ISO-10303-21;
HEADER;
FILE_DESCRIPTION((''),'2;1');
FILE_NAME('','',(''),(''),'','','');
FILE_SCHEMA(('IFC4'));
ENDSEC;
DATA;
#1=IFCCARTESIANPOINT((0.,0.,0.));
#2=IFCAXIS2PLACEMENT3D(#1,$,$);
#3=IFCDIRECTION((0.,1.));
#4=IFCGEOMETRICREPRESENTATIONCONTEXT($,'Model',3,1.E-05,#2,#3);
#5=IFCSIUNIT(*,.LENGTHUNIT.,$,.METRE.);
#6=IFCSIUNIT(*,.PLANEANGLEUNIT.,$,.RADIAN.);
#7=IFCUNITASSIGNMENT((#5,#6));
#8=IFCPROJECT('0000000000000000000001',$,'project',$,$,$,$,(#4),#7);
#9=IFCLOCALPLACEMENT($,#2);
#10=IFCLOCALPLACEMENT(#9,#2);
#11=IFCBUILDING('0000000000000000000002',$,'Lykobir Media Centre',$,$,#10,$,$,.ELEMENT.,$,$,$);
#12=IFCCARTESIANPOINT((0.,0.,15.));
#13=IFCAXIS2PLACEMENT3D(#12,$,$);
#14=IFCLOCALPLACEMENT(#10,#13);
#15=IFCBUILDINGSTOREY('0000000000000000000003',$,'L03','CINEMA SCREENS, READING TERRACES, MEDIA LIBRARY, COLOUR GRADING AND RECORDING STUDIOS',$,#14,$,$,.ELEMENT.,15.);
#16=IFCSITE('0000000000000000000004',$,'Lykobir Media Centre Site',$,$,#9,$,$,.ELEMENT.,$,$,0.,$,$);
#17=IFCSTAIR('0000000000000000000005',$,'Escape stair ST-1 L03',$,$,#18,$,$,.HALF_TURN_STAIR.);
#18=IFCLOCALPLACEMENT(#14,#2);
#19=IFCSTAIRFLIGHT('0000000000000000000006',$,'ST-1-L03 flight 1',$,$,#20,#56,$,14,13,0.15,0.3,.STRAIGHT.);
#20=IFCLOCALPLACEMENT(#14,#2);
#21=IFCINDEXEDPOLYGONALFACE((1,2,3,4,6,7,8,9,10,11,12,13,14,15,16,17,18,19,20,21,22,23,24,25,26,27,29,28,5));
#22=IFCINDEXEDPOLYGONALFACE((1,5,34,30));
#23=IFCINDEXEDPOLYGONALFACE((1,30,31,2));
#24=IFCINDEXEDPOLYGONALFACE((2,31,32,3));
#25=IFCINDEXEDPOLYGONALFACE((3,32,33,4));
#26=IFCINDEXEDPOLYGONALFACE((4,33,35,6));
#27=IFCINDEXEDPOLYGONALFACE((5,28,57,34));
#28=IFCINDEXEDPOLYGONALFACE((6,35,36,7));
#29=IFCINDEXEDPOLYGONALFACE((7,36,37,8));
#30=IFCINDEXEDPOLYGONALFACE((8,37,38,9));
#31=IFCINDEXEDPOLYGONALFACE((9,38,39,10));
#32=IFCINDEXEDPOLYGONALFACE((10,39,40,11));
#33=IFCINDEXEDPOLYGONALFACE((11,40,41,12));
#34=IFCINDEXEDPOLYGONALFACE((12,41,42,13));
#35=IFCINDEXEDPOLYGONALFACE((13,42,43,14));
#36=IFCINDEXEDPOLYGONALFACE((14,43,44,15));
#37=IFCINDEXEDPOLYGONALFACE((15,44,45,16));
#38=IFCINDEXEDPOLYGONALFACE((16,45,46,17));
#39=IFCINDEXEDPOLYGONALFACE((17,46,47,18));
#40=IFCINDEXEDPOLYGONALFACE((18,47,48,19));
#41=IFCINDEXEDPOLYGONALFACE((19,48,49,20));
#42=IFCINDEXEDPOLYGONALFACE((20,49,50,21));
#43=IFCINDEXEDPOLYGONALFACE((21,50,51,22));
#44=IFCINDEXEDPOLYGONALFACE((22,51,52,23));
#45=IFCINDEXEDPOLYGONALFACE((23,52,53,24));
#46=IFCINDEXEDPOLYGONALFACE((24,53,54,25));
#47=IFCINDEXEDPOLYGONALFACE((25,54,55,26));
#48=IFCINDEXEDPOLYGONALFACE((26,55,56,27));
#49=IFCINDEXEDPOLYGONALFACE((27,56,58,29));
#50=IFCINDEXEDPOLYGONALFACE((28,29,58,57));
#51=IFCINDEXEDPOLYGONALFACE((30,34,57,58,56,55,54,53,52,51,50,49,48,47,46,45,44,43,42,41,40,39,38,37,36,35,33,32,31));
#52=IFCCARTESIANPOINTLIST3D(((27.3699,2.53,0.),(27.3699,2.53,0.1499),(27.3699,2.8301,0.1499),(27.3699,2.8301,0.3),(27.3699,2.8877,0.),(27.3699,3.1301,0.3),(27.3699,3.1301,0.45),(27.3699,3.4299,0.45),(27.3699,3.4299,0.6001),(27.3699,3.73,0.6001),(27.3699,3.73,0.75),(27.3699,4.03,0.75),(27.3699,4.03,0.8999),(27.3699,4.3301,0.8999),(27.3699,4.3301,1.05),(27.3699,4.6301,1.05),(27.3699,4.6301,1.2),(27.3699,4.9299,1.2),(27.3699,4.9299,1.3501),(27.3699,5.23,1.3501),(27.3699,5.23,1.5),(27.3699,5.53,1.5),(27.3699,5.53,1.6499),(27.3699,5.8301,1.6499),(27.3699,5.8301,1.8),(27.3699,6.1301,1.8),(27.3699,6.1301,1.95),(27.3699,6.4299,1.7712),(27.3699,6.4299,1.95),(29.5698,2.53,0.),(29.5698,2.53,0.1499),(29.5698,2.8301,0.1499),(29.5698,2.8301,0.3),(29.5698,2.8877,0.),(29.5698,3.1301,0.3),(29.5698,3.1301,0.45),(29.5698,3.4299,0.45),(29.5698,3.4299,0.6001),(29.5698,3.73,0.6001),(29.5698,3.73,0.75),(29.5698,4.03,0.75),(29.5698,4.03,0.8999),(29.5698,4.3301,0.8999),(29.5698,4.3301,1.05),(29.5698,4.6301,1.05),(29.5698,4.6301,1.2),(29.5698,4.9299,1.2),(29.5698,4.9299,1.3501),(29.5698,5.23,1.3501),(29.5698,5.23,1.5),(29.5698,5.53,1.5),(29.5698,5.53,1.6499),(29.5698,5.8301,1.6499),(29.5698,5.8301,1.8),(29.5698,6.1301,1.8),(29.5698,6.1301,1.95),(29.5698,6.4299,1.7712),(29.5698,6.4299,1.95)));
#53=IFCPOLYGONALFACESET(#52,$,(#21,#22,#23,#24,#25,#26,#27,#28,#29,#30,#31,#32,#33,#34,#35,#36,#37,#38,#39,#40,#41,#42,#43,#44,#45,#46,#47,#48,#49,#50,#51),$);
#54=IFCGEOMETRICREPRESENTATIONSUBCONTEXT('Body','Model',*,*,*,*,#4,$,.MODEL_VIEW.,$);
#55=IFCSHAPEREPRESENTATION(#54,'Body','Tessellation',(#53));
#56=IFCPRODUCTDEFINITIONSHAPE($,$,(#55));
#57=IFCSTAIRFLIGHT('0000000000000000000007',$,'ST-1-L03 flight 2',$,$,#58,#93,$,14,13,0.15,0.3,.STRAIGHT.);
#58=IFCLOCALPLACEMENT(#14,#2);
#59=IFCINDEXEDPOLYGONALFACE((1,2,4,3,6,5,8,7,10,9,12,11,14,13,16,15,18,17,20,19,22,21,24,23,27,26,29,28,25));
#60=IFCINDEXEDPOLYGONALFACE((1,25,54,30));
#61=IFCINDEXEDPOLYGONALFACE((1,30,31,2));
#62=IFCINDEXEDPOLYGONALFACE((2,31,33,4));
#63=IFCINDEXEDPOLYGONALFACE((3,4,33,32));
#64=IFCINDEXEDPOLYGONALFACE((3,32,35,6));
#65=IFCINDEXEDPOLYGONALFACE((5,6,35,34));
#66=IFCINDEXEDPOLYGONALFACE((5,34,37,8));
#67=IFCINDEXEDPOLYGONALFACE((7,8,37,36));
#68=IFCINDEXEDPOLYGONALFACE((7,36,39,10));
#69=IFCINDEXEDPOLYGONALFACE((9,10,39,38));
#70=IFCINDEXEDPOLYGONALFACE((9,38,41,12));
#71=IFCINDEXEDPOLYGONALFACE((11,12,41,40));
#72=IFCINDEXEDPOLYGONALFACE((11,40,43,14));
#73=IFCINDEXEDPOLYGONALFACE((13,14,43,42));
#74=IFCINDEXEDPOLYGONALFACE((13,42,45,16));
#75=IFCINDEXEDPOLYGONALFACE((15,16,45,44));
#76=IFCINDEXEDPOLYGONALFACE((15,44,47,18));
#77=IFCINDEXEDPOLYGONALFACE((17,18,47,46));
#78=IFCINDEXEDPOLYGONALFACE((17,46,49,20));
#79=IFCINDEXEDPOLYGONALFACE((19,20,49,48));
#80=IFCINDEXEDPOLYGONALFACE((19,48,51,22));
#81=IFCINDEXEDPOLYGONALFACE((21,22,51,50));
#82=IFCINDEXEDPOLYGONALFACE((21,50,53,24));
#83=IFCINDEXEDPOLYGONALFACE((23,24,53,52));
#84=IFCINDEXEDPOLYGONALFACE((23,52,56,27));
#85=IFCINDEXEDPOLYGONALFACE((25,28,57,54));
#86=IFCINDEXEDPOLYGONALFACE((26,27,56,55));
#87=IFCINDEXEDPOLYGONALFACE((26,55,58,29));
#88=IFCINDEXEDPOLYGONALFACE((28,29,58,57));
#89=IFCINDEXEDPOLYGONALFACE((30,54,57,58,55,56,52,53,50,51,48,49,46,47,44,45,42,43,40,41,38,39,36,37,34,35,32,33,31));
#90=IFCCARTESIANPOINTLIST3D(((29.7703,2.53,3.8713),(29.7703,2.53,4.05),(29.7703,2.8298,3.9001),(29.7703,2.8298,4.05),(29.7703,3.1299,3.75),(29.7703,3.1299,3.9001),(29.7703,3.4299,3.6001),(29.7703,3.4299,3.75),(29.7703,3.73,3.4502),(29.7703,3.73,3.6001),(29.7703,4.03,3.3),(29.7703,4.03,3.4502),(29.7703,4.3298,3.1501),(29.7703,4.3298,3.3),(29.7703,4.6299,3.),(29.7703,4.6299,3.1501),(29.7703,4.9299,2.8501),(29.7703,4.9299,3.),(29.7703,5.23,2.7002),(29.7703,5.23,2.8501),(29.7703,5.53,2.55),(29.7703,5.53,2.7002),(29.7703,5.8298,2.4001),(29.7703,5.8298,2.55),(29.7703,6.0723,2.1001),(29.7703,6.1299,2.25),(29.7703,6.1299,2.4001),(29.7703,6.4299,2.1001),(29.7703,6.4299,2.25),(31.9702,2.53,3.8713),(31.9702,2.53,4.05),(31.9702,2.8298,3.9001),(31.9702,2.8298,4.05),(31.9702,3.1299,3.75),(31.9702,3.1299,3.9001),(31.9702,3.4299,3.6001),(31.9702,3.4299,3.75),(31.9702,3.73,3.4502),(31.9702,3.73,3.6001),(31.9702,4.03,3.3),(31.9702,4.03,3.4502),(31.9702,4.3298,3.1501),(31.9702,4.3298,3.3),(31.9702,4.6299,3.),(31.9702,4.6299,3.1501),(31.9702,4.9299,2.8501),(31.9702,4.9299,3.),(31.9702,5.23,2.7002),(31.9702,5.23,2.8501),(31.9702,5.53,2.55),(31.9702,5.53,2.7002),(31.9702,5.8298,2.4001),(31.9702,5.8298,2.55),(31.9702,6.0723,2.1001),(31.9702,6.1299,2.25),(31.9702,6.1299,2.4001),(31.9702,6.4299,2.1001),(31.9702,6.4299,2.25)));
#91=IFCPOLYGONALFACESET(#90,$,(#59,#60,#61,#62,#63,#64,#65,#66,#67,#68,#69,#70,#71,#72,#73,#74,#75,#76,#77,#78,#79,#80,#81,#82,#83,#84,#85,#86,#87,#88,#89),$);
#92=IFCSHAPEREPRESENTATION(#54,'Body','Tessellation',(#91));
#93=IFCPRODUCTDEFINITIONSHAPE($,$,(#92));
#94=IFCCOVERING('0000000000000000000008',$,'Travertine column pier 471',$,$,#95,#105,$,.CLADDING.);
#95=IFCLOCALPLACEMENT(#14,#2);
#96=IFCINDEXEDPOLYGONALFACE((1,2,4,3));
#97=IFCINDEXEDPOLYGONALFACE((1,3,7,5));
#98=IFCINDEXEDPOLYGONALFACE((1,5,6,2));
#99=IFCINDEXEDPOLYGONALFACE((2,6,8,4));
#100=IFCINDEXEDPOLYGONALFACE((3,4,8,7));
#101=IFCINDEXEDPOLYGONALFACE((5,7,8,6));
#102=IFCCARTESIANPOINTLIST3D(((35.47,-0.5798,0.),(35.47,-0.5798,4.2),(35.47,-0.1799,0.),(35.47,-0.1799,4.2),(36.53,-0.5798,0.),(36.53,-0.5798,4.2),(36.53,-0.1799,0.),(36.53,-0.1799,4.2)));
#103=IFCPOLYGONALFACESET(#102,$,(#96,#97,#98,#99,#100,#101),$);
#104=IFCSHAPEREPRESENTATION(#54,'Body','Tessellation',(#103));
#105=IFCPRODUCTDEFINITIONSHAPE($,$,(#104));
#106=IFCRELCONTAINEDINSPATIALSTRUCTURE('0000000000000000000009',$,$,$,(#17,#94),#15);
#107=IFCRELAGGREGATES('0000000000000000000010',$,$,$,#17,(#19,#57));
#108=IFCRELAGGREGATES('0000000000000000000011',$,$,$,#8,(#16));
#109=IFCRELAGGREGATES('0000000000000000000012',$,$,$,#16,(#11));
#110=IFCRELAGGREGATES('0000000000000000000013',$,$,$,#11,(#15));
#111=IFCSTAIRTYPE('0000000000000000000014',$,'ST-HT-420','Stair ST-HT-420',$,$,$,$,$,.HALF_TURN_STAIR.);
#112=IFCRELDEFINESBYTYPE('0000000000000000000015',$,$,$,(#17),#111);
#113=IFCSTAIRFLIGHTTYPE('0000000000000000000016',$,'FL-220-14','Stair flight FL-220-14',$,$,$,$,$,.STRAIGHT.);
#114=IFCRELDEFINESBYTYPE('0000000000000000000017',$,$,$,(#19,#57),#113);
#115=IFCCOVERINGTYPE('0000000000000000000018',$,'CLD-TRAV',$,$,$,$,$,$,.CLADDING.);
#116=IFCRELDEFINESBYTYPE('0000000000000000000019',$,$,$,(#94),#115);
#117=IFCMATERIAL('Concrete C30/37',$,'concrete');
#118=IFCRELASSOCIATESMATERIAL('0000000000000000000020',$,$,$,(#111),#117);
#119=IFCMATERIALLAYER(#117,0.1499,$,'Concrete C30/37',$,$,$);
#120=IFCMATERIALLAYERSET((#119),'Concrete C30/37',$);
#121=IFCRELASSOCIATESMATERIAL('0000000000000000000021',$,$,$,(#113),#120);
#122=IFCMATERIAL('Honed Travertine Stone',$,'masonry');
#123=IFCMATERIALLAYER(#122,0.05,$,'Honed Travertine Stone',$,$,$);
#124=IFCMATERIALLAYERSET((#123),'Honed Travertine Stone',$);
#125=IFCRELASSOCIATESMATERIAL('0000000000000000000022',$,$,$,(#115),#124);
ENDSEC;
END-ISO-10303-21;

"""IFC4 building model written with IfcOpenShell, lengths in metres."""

from ifc_helpers import new_model, si_unit, direction, frame, origin, origin_2d, place, context, subcontext, project, spatial, polyline, rectangle, outline, extrude, material, layer, layer_set, type_object, element, aggregate, save


model = new_model("IFC4")

# Units and contexts
model_context = context("Model", 3, precision=1e-05, world=origin(), true_north=direction((0.0, 1.0)))
body_context = subcontext(model_context, "Body", "Model", "MODEL_VIEW")
ifc_project = project(units=[si_unit("LENGTHUNIT", "METRE"), si_unit("PLANEANGLEUNIT", "RADIAN")], contexts=[model_context])

# Site, building, storey
site_placement = place(None, origin())
site = spatial("IfcSite", under=ifc_project, at=site_placement, Name="Lykobir Media Centre Site", CompositionType="ELEMENT", RefElevation=0.0)
building_placement = place(site_placement, origin())
building = spatial("IfcBuilding", under=site, at=building_placement, Name="Lykobir Media Centre", CompositionType="ELEMENT")
storey_placement = place(building_placement, frame((0.0, 0.0, 15.0)))
storey = spatial("IfcBuildingStorey", under=building, at=storey_placement, Name="L03", Description="CINEMA SCREENS, READING TERRACES, MEDIA LIBRARY, COLOUR GRADING AND RECORDING STUDIOS", CompositionType="ELEMENT", Elevation=15.0)

# Shared definitions
ifc_material_1 = material(Name="Concrete C30/37", Category="concrete")

# Stair, stair flights
stair_type = type_object("IfcStairType", Name="ST-HT-420", Description="Stair ST-HT-420", PredefinedType="HALF_TURN_STAIR", material=ifc_material_1)
stair_placement = place(storey_placement, origin())
stair = element("IfcStair", 1, at=stair_placement, inside=storey, type_object=stair_type, Name="Escape stair ST-1 L03", PredefinedType="HALF_TURN_STAIR")
ifc_layer_1 = layer(ifc_material_1, 0.1499, Name="Concrete C30/37")
ifc_layer_set_1 = layer_set([ifc_layer_1], Name="Concrete C30/37")
stair_flight_type = type_object("IfcStairFlightType", Name="FL-220-14", Description="Stair flight FL-220-14", PredefinedType="STRAIGHT", material=ifc_layer_set_1)
stair_flight_1_placement = place(storey_placement, frame((28.47, 2.53, 0.0), z_axis=(0.0, 0.0, 1.0), x_axis=(0.0, 1.0, 0.0)))
stair_flight_1 = element("IfcStairFlight", 2, at=stair_flight_1_placement, type_object=stair_flight_type, Name="ST-1-L03 flight 1", NumberOfRisers=14, NumberOfTreads=13, PredefinedType="STRAIGHT", RiserHeight=0.15, TreadLength=0.3, context=body_context, shape_type="SweptSolid", body=[
    extrude(outline(polyline([(0.0, 0.0), (0.0, 0.1499), (0.3, 0.1499), (0.3, 0.3), (0.6001, 0.3), (0.6001, 0.45), (0.8999, 0.45), (0.8999, 0.6001), (1.2, 0.6001), (1.2, 0.75), (1.5, 0.75), (1.5, 0.8999), (1.8, 0.8999), (1.8, 1.05), (2.1001, 1.05), (2.1001, 1.2), (2.3999, 1.2), (2.3999, 1.3501), (2.7, 1.3501), (2.7, 1.5), (3.0, 1.5), (3.0, 1.6499), (3.3, 1.6499), (3.3, 1.8), (3.6001, 1.8), (3.6001, 1.95), (3.8999, 1.95), (3.8999, 2.1001), (3.8999, 1.7712), (0.3577, 0.0), (0.0, 0.0)])), frame((0.0, 1.1001, 0.0), z_axis=(0.0, -1.0, 0.0), x_axis=(1.0, 0.0, 0.0)), (0.0, 0.0, 1.0), 2.2),
])
stair_flight_2_placement = place(storey_placement, frame((30.8701, 6.4299, 2.1001), z_axis=(0.0, 0.0, 1.0), x_axis=(0.0, -1.0, 0.0)))
stair_flight_2 = element("IfcStairFlight", 3, at=stair_flight_2_placement, type_object=stair_flight_type, Name="ST-1-L03 flight 2", NumberOfRisers=14, NumberOfTreads=13, PredefinedType="STRAIGHT", RiserHeight=0.15, TreadLength=0.3, context=body_context, shape_type="SweptSolid", body=[
    extrude(outline(polyline([(0.0, 0.0), (0.0, 0.1499), (0.3, 0.1499), (0.3, 0.3), (0.6001, 0.3), (0.6001, 0.45), (0.8999, 0.45), (0.8999, 0.6001), (1.2, 0.6001), (1.2, 0.75), (1.5, 0.75), (1.5, 0.8999), (1.8, 0.8999), (1.8, 1.05), (2.1001, 1.05), (2.1001, 1.2), (2.3999, 1.2), (2.3999, 1.3501), (2.7, 1.3501), (2.7, 1.5), (3.0, 1.5), (3.0, 1.6499), (3.3, 1.6499), (3.3, 1.8), (3.6001, 1.8), (3.6001, 1.95), (3.8999, 1.95), (3.8999, 2.1001), (3.8999, 1.7712), (0.3577, 0.0), (0.0, 0.0)])), frame((0.0, 1.1001, 0.0), z_axis=(0.0, -1.0, 0.0), x_axis=(1.0, 0.0, 0.0)), (0.0, 0.0, 1.0), 2.2),
])
aggregate(stair, [stair_flight_1, stair_flight_2])

# Covering
ifc_material_2 = material(Name="Honed Travertine Stone", Category="masonry")
ifc_layer_2 = layer(ifc_material_2, 0.05, Name="Honed Travertine Stone")
ifc_layer_set_2 = layer_set([ifc_layer_2], Name="Honed Travertine Stone")
covering_type = type_object("IfcCoveringType", Name="CLD-TRAV", PredefinedType="CLADDING", material=ifc_layer_set_2)
covering_placement = place(storey_placement, frame((36.0, -0.3799, 0.0), z_axis=(0.0, 0.0, 1.0), x_axis=(1.0, 0.0, 0.0)))
element("IfcCovering", 4, at=covering_placement, inside=storey, type_object=covering_type, Name="Travertine column pier 471", PredefinedType="CLADDING", context=body_context, shape_type="SweptSolid", body=[
    extrude(rectangle(XDim=1.0601, YDim=0.3999, at=origin_2d()), origin(), (0.0, 0.0, 1.0), 4.2),
])

save(model, "model.ifc")
